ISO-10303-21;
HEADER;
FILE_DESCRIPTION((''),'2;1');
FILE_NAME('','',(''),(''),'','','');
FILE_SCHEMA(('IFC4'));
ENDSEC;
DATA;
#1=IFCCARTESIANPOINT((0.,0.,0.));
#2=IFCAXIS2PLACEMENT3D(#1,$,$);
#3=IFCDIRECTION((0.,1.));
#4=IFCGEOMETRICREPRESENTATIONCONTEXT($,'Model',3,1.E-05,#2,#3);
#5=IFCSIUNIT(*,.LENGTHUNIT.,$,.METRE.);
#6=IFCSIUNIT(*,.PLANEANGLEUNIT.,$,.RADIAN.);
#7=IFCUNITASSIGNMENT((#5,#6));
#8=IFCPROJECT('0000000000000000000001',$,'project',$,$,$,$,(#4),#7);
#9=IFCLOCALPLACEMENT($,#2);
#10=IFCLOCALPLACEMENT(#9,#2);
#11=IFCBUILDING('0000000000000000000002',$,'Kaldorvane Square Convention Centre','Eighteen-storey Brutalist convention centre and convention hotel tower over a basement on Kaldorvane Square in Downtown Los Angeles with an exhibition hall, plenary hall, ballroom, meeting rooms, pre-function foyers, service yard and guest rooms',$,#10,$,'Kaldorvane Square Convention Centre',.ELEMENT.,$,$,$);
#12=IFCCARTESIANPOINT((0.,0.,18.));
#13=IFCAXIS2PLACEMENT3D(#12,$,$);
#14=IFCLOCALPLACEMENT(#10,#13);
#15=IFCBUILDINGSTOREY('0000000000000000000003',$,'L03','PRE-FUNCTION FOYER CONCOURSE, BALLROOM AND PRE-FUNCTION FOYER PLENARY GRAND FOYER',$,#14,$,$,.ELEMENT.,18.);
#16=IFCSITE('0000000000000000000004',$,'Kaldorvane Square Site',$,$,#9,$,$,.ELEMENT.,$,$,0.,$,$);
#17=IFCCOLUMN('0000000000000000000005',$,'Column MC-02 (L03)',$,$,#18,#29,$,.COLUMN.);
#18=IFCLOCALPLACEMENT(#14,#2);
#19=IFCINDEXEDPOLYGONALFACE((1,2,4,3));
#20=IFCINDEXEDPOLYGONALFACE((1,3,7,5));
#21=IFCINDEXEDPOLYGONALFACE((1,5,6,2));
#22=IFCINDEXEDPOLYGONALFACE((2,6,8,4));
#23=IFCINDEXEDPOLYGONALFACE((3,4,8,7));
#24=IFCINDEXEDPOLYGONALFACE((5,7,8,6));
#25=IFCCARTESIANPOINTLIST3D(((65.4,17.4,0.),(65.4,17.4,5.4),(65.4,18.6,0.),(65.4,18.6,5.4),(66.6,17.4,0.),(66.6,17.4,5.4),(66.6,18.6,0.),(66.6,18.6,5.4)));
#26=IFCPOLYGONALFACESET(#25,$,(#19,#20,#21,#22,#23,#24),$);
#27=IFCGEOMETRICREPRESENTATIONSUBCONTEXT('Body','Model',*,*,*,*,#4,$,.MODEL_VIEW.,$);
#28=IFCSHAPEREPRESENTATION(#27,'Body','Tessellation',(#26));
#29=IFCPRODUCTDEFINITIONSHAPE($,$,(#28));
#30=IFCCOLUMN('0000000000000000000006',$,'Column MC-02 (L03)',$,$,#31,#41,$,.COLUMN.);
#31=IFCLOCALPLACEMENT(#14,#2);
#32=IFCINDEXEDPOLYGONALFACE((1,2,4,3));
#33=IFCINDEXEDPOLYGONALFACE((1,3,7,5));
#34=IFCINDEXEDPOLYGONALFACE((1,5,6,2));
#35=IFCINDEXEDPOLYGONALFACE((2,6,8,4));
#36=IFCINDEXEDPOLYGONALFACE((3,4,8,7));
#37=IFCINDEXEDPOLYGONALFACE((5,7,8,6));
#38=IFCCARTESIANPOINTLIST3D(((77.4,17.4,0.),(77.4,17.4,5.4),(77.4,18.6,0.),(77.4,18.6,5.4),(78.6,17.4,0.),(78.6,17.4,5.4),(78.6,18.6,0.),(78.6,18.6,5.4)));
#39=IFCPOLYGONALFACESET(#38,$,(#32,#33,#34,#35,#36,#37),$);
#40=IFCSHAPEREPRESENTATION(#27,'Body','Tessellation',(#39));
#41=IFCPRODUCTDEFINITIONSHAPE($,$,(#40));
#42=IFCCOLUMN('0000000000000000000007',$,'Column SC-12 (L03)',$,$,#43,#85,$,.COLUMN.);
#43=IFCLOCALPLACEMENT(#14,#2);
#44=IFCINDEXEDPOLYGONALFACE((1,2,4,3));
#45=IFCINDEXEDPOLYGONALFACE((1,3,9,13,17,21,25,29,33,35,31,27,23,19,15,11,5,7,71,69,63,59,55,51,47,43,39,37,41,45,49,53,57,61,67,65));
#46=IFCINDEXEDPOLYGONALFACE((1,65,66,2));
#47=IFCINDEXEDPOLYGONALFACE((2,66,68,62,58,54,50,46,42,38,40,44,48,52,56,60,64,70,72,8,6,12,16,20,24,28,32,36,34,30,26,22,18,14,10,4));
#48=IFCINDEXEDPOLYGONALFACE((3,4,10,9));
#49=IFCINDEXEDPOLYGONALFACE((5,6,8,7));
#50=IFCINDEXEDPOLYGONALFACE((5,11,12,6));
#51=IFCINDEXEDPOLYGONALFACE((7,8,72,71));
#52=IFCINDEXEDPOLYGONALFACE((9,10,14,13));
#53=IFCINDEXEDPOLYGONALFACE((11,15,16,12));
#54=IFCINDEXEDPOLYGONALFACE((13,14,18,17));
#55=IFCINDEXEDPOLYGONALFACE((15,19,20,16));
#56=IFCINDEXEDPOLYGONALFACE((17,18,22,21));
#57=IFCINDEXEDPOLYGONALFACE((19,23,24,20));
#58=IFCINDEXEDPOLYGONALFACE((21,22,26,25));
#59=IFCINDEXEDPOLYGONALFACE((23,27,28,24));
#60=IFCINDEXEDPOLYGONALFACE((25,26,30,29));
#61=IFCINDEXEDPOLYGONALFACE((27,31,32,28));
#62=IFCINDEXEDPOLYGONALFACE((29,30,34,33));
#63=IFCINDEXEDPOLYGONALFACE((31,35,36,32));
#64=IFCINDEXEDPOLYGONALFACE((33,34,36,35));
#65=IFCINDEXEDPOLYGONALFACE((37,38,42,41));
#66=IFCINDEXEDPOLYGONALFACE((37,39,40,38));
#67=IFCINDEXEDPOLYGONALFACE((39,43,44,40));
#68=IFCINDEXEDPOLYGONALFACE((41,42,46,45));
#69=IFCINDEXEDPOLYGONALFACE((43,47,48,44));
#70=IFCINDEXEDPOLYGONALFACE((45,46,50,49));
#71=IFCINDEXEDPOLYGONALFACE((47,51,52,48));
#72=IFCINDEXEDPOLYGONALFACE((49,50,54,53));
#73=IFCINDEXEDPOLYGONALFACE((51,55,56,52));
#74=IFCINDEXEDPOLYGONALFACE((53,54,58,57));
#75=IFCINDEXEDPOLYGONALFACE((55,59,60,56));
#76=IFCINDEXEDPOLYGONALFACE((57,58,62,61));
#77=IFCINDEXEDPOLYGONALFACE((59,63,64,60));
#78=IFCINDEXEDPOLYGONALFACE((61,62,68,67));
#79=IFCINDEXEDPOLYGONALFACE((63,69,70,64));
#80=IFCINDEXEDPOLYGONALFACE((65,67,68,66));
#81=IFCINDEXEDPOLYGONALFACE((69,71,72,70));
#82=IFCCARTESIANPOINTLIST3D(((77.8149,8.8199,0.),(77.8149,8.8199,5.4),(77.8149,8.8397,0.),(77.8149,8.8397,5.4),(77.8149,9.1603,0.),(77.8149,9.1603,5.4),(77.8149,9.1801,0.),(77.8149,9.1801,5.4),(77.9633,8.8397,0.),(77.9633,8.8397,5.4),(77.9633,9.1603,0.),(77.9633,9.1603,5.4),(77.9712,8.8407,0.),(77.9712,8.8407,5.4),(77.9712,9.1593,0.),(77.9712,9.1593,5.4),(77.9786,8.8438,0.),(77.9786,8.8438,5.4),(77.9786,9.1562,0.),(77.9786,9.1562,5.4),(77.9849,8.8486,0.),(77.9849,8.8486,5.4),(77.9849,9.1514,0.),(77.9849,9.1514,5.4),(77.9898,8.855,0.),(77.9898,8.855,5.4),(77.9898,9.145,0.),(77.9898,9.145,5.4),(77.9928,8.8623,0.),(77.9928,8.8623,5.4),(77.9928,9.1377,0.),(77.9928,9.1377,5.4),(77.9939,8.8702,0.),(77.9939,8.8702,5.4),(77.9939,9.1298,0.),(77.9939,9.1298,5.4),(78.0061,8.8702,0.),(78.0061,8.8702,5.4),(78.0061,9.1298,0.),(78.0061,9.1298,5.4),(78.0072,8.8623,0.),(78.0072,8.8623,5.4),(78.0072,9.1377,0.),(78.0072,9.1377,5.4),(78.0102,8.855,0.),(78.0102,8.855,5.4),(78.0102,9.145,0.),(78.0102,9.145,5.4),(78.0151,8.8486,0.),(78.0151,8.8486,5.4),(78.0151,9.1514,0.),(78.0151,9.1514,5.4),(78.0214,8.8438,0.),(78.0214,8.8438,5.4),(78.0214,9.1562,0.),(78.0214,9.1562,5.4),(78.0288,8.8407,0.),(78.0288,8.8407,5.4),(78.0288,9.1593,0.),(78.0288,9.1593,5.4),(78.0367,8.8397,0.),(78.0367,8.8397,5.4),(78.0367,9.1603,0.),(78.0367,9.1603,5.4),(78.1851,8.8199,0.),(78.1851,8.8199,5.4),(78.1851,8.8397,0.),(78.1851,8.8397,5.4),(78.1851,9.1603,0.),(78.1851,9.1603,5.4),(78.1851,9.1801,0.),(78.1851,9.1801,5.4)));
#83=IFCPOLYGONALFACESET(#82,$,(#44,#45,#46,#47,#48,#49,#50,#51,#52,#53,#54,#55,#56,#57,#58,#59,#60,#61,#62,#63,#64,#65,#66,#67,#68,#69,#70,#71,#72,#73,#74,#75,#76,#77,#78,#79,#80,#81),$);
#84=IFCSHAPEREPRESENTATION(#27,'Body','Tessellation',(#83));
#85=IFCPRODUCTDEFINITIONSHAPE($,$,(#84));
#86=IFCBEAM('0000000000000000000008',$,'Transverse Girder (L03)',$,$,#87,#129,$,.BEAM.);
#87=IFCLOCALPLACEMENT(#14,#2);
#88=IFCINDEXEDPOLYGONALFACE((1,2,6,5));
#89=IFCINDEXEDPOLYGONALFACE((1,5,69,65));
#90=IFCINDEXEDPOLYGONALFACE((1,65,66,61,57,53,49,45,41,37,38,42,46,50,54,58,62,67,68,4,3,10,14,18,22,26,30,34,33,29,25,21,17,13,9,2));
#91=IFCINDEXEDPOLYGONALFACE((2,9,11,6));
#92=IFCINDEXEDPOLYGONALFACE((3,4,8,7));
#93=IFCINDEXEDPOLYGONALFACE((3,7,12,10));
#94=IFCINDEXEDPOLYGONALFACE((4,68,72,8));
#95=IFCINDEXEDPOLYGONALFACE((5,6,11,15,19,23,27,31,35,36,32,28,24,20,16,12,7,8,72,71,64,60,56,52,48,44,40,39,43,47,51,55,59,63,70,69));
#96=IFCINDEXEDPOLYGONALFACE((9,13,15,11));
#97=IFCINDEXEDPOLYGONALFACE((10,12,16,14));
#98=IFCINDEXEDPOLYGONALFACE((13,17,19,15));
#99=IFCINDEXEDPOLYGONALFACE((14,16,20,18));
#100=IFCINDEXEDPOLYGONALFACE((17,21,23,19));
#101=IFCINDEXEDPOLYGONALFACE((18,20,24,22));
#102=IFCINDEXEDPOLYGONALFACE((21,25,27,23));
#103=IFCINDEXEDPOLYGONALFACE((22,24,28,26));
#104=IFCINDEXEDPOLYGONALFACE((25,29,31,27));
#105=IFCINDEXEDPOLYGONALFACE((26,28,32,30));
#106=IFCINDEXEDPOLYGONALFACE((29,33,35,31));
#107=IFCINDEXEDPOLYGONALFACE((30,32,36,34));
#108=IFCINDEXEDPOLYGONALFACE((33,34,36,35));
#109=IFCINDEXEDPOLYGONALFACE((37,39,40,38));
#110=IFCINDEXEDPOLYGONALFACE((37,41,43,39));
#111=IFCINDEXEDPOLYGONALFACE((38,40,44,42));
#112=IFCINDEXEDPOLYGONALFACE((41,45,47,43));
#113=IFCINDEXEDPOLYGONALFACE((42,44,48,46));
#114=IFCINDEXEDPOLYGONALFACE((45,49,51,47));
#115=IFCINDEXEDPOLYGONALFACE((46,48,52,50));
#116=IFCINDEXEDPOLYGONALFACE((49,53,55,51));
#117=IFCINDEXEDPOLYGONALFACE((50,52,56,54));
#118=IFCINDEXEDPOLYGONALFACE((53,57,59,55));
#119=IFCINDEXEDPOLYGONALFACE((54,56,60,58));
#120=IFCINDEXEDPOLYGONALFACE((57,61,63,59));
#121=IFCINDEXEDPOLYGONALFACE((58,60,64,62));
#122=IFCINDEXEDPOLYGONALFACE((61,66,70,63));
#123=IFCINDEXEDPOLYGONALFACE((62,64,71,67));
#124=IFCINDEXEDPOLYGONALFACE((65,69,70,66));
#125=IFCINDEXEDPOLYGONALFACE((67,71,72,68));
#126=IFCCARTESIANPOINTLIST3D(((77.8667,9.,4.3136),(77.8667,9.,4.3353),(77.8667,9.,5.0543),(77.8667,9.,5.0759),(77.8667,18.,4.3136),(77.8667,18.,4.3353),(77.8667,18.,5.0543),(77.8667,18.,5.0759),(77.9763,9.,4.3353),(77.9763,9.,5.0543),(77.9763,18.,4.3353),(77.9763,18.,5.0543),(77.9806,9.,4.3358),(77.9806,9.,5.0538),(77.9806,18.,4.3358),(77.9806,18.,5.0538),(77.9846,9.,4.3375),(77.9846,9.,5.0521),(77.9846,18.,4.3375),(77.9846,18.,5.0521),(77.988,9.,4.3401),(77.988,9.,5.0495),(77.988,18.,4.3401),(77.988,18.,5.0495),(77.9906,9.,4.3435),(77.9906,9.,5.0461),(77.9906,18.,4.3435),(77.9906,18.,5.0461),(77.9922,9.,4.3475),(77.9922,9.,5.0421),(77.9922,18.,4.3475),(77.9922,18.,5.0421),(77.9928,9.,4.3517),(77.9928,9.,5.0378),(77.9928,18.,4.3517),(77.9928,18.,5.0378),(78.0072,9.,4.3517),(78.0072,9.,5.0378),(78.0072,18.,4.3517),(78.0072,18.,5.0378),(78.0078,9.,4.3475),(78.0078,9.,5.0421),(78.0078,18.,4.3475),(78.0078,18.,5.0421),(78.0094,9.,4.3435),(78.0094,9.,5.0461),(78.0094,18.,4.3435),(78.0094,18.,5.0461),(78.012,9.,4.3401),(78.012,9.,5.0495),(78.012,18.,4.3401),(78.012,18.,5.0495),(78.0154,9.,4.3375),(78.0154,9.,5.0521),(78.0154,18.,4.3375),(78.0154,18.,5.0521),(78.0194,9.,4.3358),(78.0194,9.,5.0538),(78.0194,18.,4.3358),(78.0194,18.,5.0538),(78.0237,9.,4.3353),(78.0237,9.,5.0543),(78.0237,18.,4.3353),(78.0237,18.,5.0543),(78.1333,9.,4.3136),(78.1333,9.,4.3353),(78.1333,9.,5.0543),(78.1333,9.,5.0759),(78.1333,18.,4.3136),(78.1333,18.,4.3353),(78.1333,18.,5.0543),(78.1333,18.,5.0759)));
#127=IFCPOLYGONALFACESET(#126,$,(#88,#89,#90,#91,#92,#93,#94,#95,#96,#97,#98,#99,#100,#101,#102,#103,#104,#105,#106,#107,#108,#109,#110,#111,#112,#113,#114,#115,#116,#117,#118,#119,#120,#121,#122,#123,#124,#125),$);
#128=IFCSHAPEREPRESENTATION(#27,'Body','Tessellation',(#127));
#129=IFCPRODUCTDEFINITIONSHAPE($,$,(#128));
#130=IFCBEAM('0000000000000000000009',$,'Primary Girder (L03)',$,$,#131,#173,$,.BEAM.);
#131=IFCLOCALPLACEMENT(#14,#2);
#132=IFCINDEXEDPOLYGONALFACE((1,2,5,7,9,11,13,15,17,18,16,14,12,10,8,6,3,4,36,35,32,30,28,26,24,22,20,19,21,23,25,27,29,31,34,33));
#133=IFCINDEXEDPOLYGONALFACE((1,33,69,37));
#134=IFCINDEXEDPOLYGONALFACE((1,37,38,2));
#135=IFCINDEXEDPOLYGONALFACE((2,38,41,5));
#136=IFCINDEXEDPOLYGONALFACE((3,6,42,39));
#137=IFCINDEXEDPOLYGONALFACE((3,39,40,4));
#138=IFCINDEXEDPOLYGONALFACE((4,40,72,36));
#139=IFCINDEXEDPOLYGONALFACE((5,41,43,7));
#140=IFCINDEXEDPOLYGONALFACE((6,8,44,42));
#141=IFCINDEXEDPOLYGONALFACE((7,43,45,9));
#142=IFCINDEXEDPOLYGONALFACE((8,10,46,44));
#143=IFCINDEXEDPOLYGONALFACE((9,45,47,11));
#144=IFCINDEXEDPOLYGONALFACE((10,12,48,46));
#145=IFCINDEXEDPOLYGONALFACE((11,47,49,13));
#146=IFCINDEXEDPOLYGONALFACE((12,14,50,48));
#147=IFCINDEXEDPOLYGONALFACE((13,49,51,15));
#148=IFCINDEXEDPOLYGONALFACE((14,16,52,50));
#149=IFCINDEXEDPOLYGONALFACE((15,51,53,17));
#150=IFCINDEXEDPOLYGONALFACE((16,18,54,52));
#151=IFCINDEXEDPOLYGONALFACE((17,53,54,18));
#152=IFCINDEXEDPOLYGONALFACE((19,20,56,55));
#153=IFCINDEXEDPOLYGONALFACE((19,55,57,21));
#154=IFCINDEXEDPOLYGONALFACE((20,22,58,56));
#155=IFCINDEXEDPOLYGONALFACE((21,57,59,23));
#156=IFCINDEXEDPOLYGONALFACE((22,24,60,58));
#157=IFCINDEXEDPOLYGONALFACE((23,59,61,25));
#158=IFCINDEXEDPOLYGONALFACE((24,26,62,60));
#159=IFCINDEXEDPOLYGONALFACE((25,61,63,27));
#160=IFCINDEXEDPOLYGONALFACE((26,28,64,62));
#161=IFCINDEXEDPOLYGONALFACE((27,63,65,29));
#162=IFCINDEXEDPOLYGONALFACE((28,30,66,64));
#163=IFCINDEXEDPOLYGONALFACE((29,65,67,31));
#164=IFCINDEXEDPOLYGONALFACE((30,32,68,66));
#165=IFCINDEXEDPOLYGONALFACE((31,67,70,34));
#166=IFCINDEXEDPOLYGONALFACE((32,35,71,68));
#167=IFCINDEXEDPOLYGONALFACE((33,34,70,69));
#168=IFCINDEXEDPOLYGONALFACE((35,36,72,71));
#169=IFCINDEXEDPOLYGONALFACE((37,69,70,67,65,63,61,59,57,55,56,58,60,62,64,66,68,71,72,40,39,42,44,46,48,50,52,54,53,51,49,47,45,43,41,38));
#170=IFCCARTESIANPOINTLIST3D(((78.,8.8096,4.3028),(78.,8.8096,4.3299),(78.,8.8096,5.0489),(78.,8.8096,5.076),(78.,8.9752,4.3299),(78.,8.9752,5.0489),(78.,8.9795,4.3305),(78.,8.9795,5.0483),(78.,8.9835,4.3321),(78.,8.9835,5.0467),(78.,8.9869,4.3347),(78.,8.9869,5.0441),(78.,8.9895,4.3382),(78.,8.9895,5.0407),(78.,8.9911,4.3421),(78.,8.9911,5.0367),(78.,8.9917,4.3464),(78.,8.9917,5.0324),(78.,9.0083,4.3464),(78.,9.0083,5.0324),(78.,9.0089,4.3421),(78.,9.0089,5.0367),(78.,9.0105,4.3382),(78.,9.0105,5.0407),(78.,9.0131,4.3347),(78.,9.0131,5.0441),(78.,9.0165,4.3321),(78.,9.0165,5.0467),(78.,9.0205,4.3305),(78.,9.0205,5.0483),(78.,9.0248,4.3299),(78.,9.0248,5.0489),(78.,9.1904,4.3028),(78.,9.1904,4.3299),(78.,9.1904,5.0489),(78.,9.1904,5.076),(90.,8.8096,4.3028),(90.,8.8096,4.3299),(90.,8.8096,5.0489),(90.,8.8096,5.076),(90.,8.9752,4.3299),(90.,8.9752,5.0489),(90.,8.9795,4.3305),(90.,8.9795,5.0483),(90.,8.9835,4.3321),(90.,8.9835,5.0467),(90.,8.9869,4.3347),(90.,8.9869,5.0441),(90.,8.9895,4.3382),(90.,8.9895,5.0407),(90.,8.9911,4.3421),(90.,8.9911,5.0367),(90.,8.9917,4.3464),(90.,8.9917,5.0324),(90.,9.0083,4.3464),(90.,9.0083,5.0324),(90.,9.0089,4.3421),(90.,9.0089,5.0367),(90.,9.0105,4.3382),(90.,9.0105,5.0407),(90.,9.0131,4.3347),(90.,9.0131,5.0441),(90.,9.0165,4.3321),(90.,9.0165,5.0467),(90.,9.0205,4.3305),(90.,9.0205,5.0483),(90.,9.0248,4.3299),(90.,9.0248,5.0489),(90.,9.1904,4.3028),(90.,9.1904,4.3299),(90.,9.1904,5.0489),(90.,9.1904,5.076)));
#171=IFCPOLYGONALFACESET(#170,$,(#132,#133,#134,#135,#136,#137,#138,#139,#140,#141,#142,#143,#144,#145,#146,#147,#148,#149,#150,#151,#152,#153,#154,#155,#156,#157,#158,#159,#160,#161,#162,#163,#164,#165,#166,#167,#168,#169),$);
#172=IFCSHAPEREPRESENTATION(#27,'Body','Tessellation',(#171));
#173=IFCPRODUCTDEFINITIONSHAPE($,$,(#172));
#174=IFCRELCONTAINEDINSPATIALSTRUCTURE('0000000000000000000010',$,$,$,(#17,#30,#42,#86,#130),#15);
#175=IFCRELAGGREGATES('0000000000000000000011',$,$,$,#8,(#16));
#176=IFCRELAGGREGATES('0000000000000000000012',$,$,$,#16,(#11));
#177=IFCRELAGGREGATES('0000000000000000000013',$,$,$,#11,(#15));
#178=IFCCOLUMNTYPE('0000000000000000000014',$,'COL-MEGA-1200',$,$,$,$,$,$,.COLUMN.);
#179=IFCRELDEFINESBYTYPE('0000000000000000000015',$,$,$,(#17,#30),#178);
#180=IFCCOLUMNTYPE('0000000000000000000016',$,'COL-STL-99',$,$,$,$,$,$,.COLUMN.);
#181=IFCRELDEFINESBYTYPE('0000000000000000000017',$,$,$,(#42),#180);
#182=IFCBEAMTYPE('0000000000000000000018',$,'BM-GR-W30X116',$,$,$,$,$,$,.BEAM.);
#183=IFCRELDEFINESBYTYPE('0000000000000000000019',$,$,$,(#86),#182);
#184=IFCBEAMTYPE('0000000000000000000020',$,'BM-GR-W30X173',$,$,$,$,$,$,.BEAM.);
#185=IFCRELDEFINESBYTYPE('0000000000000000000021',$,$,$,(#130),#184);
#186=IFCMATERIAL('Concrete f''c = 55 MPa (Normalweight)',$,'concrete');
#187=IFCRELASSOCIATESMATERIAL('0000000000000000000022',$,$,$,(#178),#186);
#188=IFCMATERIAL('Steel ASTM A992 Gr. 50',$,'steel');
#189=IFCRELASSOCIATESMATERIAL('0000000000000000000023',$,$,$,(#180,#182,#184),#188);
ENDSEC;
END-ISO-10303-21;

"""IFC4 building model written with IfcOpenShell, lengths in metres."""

from ifc_helpers import new_model, si_unit, direction, frame, origin, origin_2d, place, context, subcontext, project, spatial, rectangle, i_section, extrude, material, material_profile, profile_set, type_object, element, save


model = new_model("IFC4")

# Units and contexts
model_context = context("Model", 3, precision=1e-05, world=origin(), true_north=direction((0.0, 1.0)))
body_context = subcontext(model_context, "Body", "Model", "MODEL_VIEW")
ifc_project = project(units=[si_unit("LENGTHUNIT", "METRE"), si_unit("PLANEANGLEUNIT", "RADIAN")], contexts=[model_context])

# Site, building, storey
site_placement = place(None, origin())
site = spatial("IfcSite", under=ifc_project, at=site_placement, Name="Kaldorvane Square Site", CompositionType="ELEMENT", RefElevation=0.0)
building_placement = place(site_placement, origin())
building = spatial("IfcBuilding", under=site, at=building_placement, Name="Kaldorvane Square Convention Centre", Description="Eighteen-storey Brutalist convention centre and convention hotel tower over a basement on Kaldorvane Square in Downtown Los Angeles with an exhibition hall, plenary hall, ballroom, meeting rooms, pre-function foyers, service yard and guest rooms", LongName="Kaldorvane Square Convention Centre", CompositionType="ELEMENT")
storey_placement = place(building_placement, frame((0.0, 0.0, 18.0)))
storey = spatial("IfcBuildingStorey", under=building, at=storey_placement, Name="L03", Description="PRE-FUNCTION FOYER CONCOURSE, BALLROOM AND PRE-FUNCTION FOYER PLENARY GRAND FOYER", CompositionType="ELEMENT", Elevation=18.0)

# Columns
ifc_material_1 = material(Name="Concrete f'c = 55 MPa (Normalweight)", Category="concrete")
ifc_material_profile_1 = material_profile(ifc_material_1, rectangle(XDim=1.2, YDim=1.2, at=origin_2d()), Name="RC1200X1200")
ifc_profile_set_1 = profile_set([ifc_material_profile_1], Name="Concrete f'c = 55 MPa (Normalweight)")
column_type_1 = type_object("IfcColumnType", Name="COL-MEGA-1200", PredefinedType="COLUMN", material=ifc_profile_set_1)
for number, where, z_axis, x_axis, name in (
    (1, (66.0, 18.0, 0.0), (0.0, 0.0, 1.0), (1.0, 0.0, 0.0), "Column MC-02 (L03)"),
    (2, (78.0, 18.0, 0.0), (0.0, 0.0, 1.0), (1.0, 0.0, 0.0), "Column MC-02 (L03)"),
):
    element("IfcColumn", number, at=place(storey_placement, frame(where, z_axis=z_axis, x_axis=x_axis)), inside=storey, type_object=column_type_1, Name=name, PredefinedType="COLUMN", context=body_context, shape_type="SweptSolid", body=[
        extrude(rectangle(XDim=1.2, YDim=1.2, at=origin_2d()), origin(), (0.0, 0.0, 1.0), 5.4),
    ])
ifc_material_2 = material(Name="Steel ASTM A992 Gr. 50", Category="steel")
ifc_material_profile_2 = material_profile(ifc_material_2, i_section(OverallWidth=0.3701, OverallDepth=0.3602, WebThickness=0.0123, FlangeThickness=0.0198, FilletRadius=0.0305, at=origin_2d()), Name="W14X99")
ifc_profile_set_2 = profile_set([ifc_material_profile_2], Name="Steel ASTM A992 Gr. 50")
column_type_2 = type_object("IfcColumnType", Name="COL-STL-99", PredefinedType="COLUMN", material=ifc_profile_set_2)
column_placement = place(storey_placement, frame((78.0, 9.0, 0.0), z_axis=(0.0, 0.0, 1.0), x_axis=(1.0, 0.0, 0.0)))
element("IfcColumn", 3, at=column_placement, inside=storey, type_object=column_type_2, Name="Column SC-12 (L03)", PredefinedType="COLUMN", context=body_context, shape_type="SweptSolid", body=[
    extrude(i_section(OverallWidth=0.3701, OverallDepth=0.3602, WebThickness=0.0123, FlangeThickness=0.0198, FilletRadius=0.0305, at=origin_2d()), origin(), (0.0, 0.0, 1.0), 5.4),
])

# Beams
ifc_material_profile_3 = material_profile(ifc_material_2, i_section(OverallWidth=0.2666, OverallDepth=0.7623, WebThickness=0.0144, FlangeThickness=0.0216, FilletRadius=0.0165, at=origin_2d()), Name="W30X116")
ifc_profile_set_3 = profile_set([ifc_material_profile_3], Name="Steel ASTM A992 Gr. 50")
beam_type_1 = type_object("IfcBeamType", Name="BM-GR-W30X116", PredefinedType="BEAM", material=ifc_profile_set_3)
beam_placement = place(storey_placement, frame((78.0, 9.0, 4.6948), z_axis=(0.0, 1.0, 0.0), x_axis=(-1.0, 0.0, 0.0)))
element("IfcBeam", 4, at=beam_placement, inside=storey, type_object=beam_type_1, Name="Transverse Girder (L03)", PredefinedType="BEAM", context=body_context, shape_type="SweptSolid", body=[
    extrude(i_section(OverallWidth=0.2666, OverallDepth=0.7623, WebThickness=0.0144, FlangeThickness=0.0216, FilletRadius=0.0165, at=origin_2d()), origin(), (0.0, 0.0, 1.0), 9.0),
])
ifc_material_profile_4 = material_profile(ifc_material_2, i_section(OverallWidth=0.3807, OverallDepth=0.7732, WebThickness=0.0166, FlangeThickness=0.0271, FilletRadius=0.0165, at=origin_2d()), Name="W30X173")
ifc_profile_set_4 = profile_set([ifc_material_profile_4], Name="Steel ASTM A992 Gr. 50")
beam_type_2 = type_object("IfcBeamType", Name="BM-GR-W30X173", PredefinedType="BEAM", material=ifc_profile_set_4)
for number, where, z_axis, x_axis, name in (
    (5, (78.0, 9.0, 4.6894), (1.0, 0.0, 0.0), (0.0, 1.0, 0.0), "Primary Girder (L03)"),
):
    element("IfcBeam", number, at=place(storey_placement, frame(where, z_axis=z_axis, x_axis=x_axis)), inside=storey, type_object=beam_type_2, Name=name, PredefinedType="BEAM", context=body_context, shape_type="SweptSolid", body=[
        extrude(i_section(OverallWidth=0.3807, OverallDepth=0.7732, WebThickness=0.0166, FlangeThickness=0.0271, FilletRadius=0.0165, at=origin_2d()), origin(), (0.0, 0.0, 1.0), 12.0),
    ])

save(model, "model.ifc")
